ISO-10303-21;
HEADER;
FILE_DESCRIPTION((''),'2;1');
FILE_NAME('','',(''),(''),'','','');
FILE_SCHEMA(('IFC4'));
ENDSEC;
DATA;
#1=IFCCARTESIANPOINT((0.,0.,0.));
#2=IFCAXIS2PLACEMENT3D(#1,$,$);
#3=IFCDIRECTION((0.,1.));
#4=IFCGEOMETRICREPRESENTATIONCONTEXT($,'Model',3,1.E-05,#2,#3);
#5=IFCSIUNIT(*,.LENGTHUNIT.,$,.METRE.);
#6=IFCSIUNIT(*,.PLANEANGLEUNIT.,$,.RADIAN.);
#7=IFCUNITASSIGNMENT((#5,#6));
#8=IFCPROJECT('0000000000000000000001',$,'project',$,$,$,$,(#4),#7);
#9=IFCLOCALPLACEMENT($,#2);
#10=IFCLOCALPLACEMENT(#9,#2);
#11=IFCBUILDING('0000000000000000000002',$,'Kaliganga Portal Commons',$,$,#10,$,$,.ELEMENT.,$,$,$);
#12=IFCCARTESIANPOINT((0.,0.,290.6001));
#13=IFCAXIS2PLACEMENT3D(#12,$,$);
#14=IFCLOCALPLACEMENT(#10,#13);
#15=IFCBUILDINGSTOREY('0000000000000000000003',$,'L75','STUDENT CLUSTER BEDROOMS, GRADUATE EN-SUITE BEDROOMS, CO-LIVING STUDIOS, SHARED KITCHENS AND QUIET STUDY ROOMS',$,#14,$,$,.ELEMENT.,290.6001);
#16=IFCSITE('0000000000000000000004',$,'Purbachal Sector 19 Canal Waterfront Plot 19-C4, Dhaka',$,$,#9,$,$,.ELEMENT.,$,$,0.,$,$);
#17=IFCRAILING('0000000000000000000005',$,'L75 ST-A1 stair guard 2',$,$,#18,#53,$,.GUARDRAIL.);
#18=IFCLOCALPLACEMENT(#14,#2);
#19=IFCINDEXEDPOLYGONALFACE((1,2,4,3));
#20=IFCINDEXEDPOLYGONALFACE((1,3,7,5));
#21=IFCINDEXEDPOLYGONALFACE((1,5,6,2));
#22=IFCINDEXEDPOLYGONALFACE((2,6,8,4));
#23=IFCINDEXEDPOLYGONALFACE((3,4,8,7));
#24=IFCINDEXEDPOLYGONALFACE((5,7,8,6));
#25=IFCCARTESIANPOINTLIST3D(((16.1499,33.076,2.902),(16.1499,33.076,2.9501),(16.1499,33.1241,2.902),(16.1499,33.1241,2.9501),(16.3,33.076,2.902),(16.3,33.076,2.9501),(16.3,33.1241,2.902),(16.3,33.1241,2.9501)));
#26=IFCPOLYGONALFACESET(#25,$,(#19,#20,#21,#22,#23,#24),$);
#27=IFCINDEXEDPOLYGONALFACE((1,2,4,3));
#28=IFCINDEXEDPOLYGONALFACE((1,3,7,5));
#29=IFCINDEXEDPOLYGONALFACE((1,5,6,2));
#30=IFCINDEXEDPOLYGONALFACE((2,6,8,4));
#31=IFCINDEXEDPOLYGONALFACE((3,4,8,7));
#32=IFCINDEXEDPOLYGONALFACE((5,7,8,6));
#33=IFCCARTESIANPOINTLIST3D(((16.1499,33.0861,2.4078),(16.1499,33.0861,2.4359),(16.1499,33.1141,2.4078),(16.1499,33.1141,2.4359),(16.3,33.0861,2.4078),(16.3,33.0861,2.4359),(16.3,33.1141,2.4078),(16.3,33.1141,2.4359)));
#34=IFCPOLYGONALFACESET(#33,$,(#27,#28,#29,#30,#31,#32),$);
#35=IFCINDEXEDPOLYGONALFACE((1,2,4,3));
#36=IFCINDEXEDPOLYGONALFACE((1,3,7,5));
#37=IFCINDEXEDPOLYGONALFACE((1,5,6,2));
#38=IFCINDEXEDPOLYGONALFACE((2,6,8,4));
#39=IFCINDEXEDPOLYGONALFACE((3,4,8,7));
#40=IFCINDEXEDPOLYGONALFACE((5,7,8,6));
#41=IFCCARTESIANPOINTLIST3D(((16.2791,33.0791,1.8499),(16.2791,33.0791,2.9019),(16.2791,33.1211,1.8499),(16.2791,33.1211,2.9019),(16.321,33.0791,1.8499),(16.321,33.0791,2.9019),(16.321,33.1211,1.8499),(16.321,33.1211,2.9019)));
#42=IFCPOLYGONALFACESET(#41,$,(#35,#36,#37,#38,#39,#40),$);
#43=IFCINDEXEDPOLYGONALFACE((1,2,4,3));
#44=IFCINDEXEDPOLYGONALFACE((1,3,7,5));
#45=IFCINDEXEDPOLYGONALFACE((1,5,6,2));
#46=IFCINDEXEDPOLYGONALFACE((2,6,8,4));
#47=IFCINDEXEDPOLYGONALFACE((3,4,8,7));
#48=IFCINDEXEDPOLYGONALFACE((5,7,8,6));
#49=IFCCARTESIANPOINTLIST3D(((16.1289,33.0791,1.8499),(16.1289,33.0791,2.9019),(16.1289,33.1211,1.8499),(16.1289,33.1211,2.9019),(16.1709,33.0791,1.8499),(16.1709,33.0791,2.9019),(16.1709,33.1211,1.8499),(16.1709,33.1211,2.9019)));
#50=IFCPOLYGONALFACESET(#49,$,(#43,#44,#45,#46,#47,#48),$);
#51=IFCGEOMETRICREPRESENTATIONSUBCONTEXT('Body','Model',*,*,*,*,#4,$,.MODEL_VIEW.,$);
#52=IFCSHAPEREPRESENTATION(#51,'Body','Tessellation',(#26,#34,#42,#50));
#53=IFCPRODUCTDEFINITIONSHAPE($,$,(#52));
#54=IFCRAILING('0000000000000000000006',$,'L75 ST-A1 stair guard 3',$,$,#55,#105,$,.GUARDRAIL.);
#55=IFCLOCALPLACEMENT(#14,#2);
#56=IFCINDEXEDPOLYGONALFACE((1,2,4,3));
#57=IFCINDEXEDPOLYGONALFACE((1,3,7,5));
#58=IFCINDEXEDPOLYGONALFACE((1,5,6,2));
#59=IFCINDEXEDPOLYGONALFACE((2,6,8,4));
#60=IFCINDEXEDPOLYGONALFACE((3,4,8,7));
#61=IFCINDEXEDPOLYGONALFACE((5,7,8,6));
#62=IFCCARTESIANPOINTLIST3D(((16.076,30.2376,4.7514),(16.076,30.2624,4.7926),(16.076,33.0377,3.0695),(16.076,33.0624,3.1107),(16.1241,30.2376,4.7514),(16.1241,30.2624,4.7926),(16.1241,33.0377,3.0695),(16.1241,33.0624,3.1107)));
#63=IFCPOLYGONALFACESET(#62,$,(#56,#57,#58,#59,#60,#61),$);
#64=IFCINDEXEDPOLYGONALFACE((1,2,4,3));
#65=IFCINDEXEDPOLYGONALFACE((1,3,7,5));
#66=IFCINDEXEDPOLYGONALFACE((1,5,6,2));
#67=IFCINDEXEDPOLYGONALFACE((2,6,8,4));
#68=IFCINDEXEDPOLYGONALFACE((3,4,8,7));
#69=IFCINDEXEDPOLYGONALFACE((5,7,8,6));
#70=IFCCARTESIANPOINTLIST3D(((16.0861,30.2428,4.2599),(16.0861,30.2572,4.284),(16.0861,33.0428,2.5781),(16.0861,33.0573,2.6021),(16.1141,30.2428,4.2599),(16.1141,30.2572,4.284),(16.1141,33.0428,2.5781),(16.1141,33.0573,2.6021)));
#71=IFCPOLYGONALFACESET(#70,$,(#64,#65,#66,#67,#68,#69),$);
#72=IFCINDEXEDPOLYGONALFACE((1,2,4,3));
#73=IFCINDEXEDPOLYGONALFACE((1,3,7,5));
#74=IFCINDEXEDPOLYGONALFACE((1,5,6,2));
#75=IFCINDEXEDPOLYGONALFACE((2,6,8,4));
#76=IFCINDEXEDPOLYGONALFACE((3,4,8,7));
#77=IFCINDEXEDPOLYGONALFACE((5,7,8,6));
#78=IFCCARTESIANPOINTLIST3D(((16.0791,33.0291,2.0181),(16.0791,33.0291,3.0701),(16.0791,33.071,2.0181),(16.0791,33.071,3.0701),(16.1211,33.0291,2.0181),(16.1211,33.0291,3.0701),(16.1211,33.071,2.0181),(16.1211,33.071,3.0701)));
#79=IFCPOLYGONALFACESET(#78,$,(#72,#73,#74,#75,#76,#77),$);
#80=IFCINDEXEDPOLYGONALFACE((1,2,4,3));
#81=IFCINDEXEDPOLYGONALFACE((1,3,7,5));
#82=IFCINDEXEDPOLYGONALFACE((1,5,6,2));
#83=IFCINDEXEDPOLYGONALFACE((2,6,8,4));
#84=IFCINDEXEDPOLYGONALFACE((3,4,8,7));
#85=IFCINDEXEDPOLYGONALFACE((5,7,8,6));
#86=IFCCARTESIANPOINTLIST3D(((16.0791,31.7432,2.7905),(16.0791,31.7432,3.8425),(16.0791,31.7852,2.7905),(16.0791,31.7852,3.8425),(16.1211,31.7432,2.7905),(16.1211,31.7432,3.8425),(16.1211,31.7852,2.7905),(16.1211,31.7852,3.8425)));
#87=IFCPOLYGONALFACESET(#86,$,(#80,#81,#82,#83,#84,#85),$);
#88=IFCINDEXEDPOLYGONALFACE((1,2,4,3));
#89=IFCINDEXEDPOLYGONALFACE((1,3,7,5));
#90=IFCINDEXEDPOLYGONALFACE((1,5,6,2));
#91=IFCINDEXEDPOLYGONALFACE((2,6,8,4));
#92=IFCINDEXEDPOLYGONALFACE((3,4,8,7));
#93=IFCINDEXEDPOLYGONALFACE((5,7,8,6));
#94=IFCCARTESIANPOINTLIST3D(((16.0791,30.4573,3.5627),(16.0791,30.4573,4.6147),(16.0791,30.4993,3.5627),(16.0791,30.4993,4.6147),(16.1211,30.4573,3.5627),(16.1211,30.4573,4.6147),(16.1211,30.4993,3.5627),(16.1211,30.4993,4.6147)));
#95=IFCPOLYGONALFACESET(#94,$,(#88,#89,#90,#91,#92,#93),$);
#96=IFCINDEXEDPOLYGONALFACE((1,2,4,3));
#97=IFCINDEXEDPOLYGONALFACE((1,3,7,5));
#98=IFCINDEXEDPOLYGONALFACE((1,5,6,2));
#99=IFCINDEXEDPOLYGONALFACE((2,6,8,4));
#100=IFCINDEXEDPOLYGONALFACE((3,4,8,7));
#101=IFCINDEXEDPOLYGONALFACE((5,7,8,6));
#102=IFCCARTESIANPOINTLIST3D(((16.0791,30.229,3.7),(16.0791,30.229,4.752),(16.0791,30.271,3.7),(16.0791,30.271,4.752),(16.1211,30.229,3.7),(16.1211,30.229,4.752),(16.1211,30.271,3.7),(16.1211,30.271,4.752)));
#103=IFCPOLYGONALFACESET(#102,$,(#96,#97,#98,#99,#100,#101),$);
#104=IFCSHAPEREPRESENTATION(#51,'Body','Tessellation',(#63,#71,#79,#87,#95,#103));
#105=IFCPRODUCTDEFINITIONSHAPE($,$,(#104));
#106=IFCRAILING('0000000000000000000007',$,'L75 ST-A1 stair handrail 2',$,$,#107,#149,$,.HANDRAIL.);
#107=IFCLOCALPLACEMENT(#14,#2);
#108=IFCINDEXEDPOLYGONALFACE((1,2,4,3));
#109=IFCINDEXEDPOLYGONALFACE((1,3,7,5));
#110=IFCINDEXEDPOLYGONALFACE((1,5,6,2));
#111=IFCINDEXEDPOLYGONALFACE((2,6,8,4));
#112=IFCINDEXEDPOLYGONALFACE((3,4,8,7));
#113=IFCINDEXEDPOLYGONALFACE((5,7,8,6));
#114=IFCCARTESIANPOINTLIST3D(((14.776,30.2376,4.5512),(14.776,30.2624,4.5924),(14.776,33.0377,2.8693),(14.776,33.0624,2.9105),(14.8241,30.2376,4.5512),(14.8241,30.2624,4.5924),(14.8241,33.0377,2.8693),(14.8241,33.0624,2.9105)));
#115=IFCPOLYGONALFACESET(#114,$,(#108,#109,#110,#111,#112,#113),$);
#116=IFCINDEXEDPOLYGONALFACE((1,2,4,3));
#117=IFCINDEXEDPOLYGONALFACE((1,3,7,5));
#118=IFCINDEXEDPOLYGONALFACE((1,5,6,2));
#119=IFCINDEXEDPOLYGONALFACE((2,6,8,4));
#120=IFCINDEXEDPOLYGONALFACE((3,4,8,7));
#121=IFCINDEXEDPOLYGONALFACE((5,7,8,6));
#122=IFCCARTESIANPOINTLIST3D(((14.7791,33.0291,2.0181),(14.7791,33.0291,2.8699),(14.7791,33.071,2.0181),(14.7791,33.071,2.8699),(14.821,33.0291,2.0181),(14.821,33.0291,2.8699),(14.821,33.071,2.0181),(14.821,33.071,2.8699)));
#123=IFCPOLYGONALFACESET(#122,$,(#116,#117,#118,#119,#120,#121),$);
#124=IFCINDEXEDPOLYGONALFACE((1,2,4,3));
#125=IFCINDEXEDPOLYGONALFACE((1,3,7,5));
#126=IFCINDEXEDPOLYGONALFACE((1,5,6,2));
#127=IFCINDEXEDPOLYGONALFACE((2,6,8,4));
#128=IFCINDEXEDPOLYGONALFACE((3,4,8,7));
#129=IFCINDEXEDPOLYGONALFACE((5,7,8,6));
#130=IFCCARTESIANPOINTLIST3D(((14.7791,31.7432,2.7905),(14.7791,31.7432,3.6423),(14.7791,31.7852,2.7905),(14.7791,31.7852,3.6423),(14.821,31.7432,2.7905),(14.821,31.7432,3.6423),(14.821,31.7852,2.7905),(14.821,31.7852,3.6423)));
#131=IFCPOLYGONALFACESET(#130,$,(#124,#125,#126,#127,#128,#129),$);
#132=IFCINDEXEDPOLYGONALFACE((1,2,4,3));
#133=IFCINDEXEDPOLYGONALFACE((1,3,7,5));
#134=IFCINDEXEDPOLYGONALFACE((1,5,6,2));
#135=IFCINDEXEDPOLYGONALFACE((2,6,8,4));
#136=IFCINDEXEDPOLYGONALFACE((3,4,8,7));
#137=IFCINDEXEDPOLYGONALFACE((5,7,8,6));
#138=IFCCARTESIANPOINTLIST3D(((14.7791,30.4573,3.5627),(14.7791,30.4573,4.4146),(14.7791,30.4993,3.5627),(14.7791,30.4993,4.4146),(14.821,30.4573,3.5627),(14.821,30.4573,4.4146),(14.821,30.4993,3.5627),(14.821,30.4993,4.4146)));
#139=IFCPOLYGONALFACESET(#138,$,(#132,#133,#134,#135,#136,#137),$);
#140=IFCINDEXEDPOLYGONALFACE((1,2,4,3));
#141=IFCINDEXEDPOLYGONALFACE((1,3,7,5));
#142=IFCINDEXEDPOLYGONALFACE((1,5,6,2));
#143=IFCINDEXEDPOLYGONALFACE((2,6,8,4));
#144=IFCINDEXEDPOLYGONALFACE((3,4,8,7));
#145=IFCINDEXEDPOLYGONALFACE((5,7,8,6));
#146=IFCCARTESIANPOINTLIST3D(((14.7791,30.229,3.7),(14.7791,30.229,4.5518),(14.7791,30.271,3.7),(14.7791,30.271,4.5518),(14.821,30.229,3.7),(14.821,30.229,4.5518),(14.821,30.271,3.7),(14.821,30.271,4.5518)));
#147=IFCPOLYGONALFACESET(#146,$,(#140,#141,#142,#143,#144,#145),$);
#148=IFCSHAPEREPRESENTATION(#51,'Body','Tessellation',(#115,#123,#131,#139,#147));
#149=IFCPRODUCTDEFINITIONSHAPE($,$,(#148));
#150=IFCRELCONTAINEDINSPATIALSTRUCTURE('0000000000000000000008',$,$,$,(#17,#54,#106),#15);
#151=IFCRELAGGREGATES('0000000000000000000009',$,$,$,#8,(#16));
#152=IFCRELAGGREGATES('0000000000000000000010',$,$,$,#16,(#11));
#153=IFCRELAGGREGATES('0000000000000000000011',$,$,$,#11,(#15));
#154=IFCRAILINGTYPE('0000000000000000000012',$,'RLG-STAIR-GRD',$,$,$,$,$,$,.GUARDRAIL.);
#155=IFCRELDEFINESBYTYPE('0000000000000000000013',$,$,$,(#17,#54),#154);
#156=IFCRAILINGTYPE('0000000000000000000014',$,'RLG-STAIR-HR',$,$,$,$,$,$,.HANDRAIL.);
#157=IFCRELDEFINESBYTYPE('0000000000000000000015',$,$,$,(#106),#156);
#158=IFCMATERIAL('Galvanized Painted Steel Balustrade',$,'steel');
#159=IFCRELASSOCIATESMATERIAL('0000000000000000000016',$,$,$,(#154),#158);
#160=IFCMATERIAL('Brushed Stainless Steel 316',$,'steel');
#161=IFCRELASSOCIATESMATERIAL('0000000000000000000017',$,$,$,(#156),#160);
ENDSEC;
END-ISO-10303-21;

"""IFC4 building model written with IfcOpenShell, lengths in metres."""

from ifc_helpers import new_model, si_unit, direction, frame, origin, origin_2d, place, context, subcontext, project, spatial, rectangle, extrude, material, type_object, element, save


model = new_model("IFC4")

# Units and contexts
model_context = context("Model", 3, precision=1e-05, world=origin(), true_north=direction((0.0, 1.0)))
body_context = subcontext(model_context, "Body", "Model", "MODEL_VIEW")
ifc_project = project(units=[si_unit("LENGTHUNIT", "METRE"), si_unit("PLANEANGLEUNIT", "RADIAN")], contexts=[model_context])

# Site, building, storey
site_placement = place(None, origin())
site = spatial("IfcSite", under=ifc_project, at=site_placement, Name="Purbachal Sector 19 Canal Waterfront Plot 19-C4, Dhaka", CompositionType="ELEMENT", RefElevation=0.0)
building_placement = place(site_placement, origin())
building = spatial("IfcBuilding", under=site, at=building_placement, Name="Kaliganga Portal Commons", CompositionType="ELEMENT")
storey_placement = place(building_placement, frame((0.0, 0.0, 290.6001)))
storey = spatial("IfcBuildingStorey", under=building, at=storey_placement, Name="L75", Description="STUDENT CLUSTER BEDROOMS, GRADUATE EN-SUITE BEDROOMS, CO-LIVING STUDIOS, SHARED KITCHENS AND QUIET STUDY ROOMS", CompositionType="ELEMENT", Elevation=290.6001)

# Railings
ifc_material_1 = material(Name="Galvanized Painted Steel Balustrade", Category="steel")
railing_type_1 = type_object("IfcRailingType", Name="RLG-STAIR-GRD", PredefinedType="GUARDRAIL", material=ifc_material_1)
railing_1_placement = place(storey_placement, frame((16.3, 33.1001, 1.8499)))
element("IfcRailing", 1, at=railing_1_placement, inside=storey, type_object=railing_type_1, Name="L75 ST-A1 stair guard 2", PredefinedType="GUARDRAIL", context=body_context, shape_type="SweptSolid", body=[
    extrude(rectangle(XDim=0.0481, YDim=0.0481, at=origin_2d()), frame((0.0, 0.0, 1.0762), z_axis=(-1.0, 0.0, 0.0), x_axis=(0.0, -1.0, 0.0)), (0.0, 0.0, 1.0), 0.1501),
    extrude(rectangle(XDim=0.0281, YDim=0.0281, at=origin_2d()), frame((0.0, 0.0, 0.572), z_axis=(-1.0, 0.0, 0.0), x_axis=(0.0, -1.0, 0.0)), (0.0, 0.0, 1.0), 0.1501),
    extrude(rectangle(XDim=0.042, YDim=0.042, at=origin_2d()), origin(), (0.0, 0.0, 1.0), 1.052),
    extrude(rectangle(XDim=0.042, YDim=0.042, at=origin_2d()), frame((-0.1501, 0.0, 0.0)), (0.0, 0.0, 1.0), 1.052),
])
railing_2_placement = place(storey_placement, frame((16.1001, 33.05, 2.0181)))
element("IfcRailing", 2, at=railing_2_placement, inside=storey, type_object=railing_type_1, Name="L75 ST-A1 stair guard 3", PredefinedType="GUARDRAIL", context=body_context, shape_type="SweptSolid", body=[
    extrude(rectangle(XDim=0.0481, YDim=0.0481, at=origin_2d()), frame((0.0, 0.0, 1.072), z_axis=(0.0, -0.857242, 0.514913), x_axis=(1.0, 0.0, 0.0)), (0.0, 0.0, 1.0), 3.2664),
    extrude(rectangle(XDim=0.0281, YDim=0.0281, at=origin_2d()), frame((0.0, 0.0, 0.572), z_axis=(0.0, -0.857242, 0.514913), x_axis=(1.0, 0.0, 0.0)), (0.0, 0.0, 1.0), 3.2664),
    extrude(rectangle(XDim=0.042, YDim=0.042, at=origin_2d()), origin(), (0.0, 0.0, 1.0), 1.052),
    extrude(rectangle(XDim=0.042, YDim=0.042, at=origin_2d()), frame((0.0, -1.2859, 0.7725)), (0.0, 0.0, 1.0), 1.052),
    extrude(rectangle(XDim=0.042, YDim=0.042, at=origin_2d()), frame((0.0, -2.5718, 1.5447)), (0.0, 0.0, 1.0), 1.052),
    extrude(rectangle(XDim=0.042, YDim=0.042, at=origin_2d()), frame((0.0, -2.8, 1.6819)), (0.0, 0.0, 1.0), 1.052),
])
ifc_material_2 = material(Name="Brushed Stainless Steel 316", Category="steel")
railing_type_2 = type_object("IfcRailingType", Name="RLG-STAIR-HR", PredefinedType="HANDRAIL", material=ifc_material_2)
railing_3_placement = place(storey_placement, frame((14.8, 33.05, 2.0181)))
element("IfcRailing", 3, at=railing_3_placement, inside=storey, type_object=railing_type_2, Name="L75 ST-A1 stair handrail 2", PredefinedType="HANDRAIL", context=body_context, shape_type="SweptSolid", body=[
    extrude(rectangle(XDim=0.0481, YDim=0.0481, at=origin_2d()), frame((0.0, 0.0, 0.8718), z_axis=(0.0, -0.857242, 0.514913), x_axis=(1.0, 0.0, 0.0)), (0.0, 0.0, 1.0), 3.2664),
    extrude(rectangle(XDim=0.042, YDim=0.042, at=origin_2d()), origin(), (0.0, 0.0, 1.0), 0.8518),
    extrude(rectangle(XDim=0.042, YDim=0.042, at=origin_2d()), frame((0.0, -1.2859, 0.7725)), (0.0, 0.0, 1.0), 0.8518),
    extrude(rectangle(XDim=0.042, YDim=0.042, at=origin_2d()), frame((0.0, -2.5718, 1.5447)), (0.0, 0.0, 1.0), 0.8518),
    extrude(rectangle(XDim=0.042, YDim=0.042, at=origin_2d()), frame((0.0, -2.8, 1.6819)), (0.0, 0.0, 1.0), 0.8518),
])

save(model, "model.ifc")
